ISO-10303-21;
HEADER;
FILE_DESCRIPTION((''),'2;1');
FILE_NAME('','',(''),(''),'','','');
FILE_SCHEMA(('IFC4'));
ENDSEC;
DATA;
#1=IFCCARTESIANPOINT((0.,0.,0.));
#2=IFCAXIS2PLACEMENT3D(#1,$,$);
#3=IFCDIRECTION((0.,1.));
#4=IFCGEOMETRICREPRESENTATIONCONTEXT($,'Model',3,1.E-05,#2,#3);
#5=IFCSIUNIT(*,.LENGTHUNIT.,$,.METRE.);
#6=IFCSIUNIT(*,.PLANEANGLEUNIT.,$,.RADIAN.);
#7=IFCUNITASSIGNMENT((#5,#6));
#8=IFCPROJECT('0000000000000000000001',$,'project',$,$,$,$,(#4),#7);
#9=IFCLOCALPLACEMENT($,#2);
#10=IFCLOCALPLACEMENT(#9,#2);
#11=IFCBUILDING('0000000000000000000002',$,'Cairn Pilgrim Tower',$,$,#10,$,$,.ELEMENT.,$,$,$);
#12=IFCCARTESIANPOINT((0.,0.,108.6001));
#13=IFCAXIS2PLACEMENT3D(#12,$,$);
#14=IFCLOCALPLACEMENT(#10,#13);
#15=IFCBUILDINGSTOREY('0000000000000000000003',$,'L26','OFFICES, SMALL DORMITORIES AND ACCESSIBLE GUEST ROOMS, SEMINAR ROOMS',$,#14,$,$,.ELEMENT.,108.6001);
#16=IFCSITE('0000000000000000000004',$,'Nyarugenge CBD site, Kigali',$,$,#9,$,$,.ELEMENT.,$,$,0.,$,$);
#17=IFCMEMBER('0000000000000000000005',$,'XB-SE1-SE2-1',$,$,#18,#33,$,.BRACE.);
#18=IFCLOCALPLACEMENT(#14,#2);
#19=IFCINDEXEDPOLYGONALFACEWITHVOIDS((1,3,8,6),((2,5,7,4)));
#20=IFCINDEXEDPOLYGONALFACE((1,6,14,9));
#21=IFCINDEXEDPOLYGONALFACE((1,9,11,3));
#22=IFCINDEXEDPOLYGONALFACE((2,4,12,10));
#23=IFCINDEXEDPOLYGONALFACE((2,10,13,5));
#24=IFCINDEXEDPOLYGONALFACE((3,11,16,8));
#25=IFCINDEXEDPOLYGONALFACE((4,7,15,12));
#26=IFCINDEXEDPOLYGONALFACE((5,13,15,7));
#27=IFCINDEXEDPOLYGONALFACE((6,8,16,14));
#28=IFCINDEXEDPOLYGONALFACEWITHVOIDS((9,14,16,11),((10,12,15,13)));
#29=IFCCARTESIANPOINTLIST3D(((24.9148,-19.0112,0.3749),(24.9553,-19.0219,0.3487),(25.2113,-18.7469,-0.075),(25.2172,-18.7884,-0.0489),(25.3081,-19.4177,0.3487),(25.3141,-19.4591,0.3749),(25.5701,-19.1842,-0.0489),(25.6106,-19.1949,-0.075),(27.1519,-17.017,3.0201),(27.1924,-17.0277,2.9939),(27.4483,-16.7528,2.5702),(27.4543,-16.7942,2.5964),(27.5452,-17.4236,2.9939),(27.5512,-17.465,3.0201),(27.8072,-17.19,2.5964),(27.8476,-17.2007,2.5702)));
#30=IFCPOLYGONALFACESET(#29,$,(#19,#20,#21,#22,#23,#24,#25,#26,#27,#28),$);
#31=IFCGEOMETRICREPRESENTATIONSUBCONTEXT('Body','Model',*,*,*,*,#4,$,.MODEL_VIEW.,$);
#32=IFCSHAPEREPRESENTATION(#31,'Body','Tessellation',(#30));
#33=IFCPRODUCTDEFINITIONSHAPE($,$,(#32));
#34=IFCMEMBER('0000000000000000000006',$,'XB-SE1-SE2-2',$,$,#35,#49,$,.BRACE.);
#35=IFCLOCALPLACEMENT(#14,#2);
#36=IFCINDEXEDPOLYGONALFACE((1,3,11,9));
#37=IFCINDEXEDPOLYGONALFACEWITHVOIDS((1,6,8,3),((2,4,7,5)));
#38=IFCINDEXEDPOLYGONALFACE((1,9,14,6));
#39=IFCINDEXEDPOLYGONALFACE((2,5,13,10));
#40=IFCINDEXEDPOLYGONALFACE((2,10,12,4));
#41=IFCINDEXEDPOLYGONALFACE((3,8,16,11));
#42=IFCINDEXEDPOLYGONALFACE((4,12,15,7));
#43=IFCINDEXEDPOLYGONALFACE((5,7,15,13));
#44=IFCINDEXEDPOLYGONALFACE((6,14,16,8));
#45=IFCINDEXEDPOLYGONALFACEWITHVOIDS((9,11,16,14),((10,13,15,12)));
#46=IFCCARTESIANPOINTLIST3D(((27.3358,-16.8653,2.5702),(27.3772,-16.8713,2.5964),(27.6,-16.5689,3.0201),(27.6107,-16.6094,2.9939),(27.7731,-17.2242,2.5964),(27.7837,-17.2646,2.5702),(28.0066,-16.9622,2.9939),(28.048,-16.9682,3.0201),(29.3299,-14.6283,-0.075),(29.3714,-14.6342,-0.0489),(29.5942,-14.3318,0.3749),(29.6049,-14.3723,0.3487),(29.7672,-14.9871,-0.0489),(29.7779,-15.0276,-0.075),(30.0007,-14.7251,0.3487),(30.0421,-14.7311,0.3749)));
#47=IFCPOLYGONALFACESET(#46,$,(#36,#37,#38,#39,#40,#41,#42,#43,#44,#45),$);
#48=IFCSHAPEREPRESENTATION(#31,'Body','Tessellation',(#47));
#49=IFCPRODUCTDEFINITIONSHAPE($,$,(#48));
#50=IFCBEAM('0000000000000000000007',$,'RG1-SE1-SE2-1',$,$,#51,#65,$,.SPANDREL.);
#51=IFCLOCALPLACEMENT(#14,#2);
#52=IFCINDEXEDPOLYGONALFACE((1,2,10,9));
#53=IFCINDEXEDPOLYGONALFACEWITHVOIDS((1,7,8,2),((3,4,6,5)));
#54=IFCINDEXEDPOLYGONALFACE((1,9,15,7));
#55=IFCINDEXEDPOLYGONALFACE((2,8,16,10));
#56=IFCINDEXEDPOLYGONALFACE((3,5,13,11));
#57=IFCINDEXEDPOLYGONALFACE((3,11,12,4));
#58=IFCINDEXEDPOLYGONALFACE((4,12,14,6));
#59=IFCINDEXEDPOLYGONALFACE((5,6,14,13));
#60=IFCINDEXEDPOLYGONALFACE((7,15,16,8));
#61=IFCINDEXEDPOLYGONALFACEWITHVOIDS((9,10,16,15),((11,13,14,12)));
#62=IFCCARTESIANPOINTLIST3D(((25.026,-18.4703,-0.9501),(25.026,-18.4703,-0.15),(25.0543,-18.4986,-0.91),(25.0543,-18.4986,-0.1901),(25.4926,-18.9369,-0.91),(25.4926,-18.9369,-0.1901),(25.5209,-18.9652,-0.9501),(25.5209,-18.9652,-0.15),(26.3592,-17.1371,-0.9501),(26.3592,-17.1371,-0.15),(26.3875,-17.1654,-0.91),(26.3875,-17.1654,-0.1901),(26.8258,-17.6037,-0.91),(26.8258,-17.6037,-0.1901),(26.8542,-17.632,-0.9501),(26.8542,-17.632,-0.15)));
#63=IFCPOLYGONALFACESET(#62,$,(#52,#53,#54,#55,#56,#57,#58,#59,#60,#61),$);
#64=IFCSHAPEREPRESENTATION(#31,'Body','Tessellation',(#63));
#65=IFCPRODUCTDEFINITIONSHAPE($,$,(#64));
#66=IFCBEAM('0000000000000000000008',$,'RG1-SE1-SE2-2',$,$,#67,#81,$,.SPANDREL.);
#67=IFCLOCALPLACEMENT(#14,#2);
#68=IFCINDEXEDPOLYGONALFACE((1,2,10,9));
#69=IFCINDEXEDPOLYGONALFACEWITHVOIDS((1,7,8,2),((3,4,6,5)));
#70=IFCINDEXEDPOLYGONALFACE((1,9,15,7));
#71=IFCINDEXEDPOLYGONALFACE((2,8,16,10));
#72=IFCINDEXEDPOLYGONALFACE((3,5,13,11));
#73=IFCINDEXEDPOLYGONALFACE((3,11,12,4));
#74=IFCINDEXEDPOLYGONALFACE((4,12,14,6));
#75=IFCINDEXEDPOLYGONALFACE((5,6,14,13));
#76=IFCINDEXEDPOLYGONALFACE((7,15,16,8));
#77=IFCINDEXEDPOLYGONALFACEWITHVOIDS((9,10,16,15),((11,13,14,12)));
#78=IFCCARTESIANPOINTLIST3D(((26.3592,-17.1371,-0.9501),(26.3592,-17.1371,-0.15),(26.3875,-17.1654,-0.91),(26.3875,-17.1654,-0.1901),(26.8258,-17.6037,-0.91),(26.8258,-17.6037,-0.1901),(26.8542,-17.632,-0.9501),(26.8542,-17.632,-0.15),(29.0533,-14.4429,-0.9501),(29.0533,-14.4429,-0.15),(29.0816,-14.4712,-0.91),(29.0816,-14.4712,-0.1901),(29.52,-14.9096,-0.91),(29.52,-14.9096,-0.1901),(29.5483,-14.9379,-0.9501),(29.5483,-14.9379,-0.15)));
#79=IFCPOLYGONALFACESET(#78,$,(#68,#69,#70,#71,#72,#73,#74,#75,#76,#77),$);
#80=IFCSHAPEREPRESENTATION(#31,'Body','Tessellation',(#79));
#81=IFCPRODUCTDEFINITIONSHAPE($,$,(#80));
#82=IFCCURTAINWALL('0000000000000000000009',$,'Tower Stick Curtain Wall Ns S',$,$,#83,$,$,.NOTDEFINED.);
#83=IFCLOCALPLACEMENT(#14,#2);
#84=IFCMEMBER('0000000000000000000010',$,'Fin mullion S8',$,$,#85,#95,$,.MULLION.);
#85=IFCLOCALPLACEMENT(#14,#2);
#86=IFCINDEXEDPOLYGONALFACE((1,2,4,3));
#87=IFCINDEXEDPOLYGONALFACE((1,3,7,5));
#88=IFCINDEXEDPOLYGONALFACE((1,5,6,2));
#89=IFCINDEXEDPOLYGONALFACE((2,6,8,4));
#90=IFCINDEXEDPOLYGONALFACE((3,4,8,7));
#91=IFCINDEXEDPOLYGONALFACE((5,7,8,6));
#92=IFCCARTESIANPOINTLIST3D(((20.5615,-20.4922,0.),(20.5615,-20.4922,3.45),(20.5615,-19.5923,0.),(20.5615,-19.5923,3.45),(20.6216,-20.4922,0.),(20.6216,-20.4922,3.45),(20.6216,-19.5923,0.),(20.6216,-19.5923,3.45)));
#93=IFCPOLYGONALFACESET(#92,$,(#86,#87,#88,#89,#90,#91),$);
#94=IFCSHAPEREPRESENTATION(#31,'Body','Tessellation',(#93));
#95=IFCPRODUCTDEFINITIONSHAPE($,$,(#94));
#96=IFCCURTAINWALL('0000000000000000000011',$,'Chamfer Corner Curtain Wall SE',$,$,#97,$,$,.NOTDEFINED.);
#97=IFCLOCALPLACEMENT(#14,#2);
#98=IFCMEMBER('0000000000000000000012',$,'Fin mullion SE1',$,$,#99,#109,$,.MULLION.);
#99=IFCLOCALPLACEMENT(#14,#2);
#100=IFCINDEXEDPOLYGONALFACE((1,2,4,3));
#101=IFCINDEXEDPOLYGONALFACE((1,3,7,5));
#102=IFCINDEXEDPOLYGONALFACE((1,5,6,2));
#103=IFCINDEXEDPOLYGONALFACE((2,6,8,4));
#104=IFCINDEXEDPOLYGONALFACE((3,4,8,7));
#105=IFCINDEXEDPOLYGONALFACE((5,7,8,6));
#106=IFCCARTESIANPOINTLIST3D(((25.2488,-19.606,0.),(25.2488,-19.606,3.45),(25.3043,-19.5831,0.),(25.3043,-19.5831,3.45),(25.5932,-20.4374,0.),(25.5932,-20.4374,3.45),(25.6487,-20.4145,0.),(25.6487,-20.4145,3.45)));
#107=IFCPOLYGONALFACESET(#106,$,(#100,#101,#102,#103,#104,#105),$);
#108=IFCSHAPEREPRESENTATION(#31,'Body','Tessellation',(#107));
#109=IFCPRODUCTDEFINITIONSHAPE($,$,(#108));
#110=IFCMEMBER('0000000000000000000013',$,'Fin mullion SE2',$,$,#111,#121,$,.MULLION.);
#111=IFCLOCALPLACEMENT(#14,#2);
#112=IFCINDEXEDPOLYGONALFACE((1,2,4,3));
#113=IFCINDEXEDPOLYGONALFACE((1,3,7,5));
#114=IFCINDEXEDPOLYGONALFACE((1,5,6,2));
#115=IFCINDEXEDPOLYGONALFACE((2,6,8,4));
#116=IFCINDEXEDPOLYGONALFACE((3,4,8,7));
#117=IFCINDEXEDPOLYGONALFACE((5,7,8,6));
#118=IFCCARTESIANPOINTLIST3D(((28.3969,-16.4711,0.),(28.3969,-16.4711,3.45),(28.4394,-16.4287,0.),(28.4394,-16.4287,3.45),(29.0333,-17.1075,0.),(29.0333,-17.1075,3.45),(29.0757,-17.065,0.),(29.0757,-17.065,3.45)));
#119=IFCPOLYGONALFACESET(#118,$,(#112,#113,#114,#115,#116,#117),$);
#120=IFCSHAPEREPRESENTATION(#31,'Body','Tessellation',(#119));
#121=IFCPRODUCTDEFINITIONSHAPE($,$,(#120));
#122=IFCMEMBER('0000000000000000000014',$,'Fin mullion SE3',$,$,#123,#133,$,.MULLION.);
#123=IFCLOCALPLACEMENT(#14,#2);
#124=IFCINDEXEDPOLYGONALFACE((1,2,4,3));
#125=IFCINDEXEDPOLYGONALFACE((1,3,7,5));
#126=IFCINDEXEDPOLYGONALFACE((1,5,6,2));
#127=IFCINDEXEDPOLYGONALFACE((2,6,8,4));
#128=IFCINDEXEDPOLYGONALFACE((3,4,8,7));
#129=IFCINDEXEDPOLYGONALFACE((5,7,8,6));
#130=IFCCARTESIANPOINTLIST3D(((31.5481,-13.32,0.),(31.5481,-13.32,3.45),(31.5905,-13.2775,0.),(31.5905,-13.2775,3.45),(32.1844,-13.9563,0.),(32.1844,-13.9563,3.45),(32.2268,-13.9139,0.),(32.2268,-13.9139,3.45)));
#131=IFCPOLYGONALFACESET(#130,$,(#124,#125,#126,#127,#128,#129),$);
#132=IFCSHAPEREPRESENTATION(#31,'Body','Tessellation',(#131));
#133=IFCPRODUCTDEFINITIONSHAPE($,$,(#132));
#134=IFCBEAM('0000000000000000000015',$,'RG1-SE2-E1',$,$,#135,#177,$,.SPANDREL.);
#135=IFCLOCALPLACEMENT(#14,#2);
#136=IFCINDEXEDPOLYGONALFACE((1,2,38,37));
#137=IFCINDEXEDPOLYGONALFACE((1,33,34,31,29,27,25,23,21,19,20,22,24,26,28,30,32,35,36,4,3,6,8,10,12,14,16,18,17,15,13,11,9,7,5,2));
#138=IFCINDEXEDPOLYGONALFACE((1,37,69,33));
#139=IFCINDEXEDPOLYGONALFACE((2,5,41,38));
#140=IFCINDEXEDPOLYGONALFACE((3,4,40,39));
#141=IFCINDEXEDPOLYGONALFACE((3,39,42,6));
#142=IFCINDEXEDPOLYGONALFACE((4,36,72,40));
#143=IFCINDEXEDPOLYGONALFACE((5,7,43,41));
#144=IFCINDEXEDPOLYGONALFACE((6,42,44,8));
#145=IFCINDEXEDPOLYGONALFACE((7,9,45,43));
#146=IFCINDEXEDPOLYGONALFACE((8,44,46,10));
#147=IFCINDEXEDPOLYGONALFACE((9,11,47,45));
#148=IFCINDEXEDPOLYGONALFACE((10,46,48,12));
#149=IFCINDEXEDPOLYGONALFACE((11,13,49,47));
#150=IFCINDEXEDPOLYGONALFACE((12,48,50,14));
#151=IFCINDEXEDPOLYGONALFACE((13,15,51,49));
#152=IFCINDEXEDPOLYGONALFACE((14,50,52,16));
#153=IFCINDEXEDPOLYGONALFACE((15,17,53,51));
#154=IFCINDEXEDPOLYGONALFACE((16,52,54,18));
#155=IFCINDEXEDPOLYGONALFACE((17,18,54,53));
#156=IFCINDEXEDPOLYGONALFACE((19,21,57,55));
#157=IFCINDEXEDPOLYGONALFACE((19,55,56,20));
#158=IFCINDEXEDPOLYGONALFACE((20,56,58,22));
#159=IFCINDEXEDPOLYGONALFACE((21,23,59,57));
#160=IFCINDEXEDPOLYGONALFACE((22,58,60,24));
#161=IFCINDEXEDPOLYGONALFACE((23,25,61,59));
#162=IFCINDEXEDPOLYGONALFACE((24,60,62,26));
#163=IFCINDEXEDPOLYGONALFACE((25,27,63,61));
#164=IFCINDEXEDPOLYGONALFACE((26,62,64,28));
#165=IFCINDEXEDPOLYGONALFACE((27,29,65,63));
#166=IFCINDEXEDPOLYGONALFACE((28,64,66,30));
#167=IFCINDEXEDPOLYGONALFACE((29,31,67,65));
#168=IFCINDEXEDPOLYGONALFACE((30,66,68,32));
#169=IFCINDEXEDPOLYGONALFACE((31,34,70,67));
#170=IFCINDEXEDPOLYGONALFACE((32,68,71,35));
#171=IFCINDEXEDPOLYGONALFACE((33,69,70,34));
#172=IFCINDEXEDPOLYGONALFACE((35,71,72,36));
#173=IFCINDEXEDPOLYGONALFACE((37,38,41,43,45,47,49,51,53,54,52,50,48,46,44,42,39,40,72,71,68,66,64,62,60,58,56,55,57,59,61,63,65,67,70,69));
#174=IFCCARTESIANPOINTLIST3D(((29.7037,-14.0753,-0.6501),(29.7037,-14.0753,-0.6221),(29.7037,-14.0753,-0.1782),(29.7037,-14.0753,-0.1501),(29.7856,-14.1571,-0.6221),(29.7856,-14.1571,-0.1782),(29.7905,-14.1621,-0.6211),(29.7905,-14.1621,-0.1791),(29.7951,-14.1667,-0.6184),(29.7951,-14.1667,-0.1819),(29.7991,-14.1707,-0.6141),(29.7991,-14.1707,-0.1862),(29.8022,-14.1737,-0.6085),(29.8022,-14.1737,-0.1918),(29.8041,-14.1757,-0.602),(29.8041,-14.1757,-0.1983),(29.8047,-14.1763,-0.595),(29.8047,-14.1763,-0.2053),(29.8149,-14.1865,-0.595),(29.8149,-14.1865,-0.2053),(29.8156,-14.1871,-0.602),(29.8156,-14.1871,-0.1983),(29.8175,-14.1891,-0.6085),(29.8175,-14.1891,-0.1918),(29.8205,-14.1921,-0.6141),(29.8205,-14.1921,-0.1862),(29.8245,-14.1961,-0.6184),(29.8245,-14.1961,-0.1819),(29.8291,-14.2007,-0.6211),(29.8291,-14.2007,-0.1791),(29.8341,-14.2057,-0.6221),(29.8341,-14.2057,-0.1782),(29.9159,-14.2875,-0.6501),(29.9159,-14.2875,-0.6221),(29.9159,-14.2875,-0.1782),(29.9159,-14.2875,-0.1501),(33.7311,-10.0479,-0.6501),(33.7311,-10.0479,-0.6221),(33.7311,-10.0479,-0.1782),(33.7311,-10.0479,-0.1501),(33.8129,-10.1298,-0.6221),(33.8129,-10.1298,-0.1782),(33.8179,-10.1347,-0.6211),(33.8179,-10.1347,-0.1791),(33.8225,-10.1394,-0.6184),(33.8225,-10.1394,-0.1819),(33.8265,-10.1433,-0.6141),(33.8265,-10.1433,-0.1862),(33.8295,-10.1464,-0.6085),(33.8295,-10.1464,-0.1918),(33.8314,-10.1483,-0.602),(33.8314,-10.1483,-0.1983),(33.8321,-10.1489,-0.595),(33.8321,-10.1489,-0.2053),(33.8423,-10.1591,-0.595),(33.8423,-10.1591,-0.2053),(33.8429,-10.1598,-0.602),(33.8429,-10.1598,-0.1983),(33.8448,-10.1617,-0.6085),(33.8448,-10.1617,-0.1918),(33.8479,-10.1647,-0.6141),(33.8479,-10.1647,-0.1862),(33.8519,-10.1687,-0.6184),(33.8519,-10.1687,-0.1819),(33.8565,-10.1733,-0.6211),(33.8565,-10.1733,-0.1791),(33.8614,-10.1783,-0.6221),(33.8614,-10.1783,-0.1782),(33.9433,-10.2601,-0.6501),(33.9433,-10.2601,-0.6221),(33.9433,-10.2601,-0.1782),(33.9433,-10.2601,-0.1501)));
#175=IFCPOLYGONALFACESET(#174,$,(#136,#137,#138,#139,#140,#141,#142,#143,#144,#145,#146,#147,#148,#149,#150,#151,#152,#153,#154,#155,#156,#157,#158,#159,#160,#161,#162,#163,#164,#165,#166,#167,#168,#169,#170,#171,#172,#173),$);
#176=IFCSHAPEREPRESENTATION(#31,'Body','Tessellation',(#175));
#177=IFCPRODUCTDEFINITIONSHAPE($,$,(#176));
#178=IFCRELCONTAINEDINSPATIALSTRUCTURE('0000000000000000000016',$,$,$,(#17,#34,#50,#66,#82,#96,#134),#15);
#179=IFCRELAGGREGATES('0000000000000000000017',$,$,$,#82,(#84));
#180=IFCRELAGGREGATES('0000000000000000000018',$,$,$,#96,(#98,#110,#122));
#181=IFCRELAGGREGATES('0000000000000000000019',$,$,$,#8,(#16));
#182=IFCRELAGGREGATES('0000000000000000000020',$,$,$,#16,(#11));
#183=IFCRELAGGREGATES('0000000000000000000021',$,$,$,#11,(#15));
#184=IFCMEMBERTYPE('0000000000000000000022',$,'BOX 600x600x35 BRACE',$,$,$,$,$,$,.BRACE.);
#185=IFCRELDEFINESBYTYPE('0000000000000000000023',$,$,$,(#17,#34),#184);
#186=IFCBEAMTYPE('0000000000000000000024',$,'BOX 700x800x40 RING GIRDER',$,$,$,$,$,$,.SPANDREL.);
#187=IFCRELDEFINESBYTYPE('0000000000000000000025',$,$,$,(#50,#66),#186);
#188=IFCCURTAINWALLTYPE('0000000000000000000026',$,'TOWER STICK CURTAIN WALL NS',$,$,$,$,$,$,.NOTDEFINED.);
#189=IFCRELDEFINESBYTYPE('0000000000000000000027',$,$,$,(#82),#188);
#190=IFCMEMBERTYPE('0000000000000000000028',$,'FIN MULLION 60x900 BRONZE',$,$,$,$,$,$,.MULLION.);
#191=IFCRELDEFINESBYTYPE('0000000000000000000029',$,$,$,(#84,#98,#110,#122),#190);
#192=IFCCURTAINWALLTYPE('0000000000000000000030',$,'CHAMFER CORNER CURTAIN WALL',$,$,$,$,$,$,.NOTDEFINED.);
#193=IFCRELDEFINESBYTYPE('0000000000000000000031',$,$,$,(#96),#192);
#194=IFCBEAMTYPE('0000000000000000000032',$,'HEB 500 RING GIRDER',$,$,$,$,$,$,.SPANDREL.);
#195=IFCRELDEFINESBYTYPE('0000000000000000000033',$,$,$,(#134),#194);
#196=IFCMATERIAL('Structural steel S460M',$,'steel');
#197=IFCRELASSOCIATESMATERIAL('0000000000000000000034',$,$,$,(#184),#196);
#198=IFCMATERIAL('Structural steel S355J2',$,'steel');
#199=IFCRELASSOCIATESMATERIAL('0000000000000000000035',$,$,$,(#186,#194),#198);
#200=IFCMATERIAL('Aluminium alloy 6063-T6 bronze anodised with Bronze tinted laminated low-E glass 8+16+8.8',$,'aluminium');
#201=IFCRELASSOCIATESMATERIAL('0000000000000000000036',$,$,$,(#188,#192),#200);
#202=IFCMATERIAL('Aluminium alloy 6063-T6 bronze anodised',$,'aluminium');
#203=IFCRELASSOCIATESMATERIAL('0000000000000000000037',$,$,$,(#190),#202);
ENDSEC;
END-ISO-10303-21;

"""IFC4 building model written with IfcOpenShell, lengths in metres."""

from ifc_helpers import new_model, si_unit, direction, frame, origin, origin_2d, place, context, subcontext, project, spatial, rectangle, hollow_rectangle, i_section, extrude, material, material_profile, profile_set, type_object, element, aggregate, save


model = new_model("IFC4")

# Units and contexts
model_context = context("Model", 3, precision=1e-05, world=origin(), true_north=direction((0.0, 1.0)))
body_context = subcontext(model_context, "Body", "Model", "MODEL_VIEW")
ifc_project = project(units=[si_unit("LENGTHUNIT", "METRE"), si_unit("PLANEANGLEUNIT", "RADIAN")], contexts=[model_context])

# Site, building, storey
site_placement = place(None, origin())
site = spatial("IfcSite", under=ifc_project, at=site_placement, Name="Nyarugenge CBD site, Kigali", CompositionType="ELEMENT", RefElevation=0.0)
building_placement = place(site_placement, origin())
building = spatial("IfcBuilding", under=site, at=building_placement, Name="Cairn Pilgrim Tower", CompositionType="ELEMENT")
storey_placement = place(building_placement, frame((0.0, 0.0, 108.6001)))
storey = spatial("IfcBuildingStorey", under=building, at=storey_placement, Name="L26", Description="OFFICES, SMALL DORMITORIES AND ACCESSIBLE GUEST ROOMS, SEMINAR ROOMS", CompositionType="ELEMENT", Elevation=108.6001)

# Shared definitions
ifc_material_1 = material(Name="Structural steel S460M", Category="steel")

# Members
ifc_material_profile_1 = material_profile(ifc_material_1, hollow_rectangle(XDim=0.6001, YDim=0.6001, WallThickness=0.0349, at=origin_2d()), Name="BOX 600x600x35")
ifc_profile_set_1 = profile_set([ifc_material_profile_1], Name="Structural steel S460M")
member_type_1 = type_object("IfcMemberType", Name="BOX 600x600x35 BRACE", PredefinedType="BRACE", material=ifc_profile_set_1)
for number, where, z_axis, x_axis, name in (
    (1, (25.2627, -19.103, 0.1499), (0.559642, 0.498871, 0.661762), (-0.665415, 0.746474, 0.0), "XB-SE1-SE2-1"),
    (2, (29.686, -14.6797, 0.1499), (-0.498871, -0.559642, 0.661762), (0.746474, -0.665415, 0.0), "XB-SE1-SE2-2"),
):
    element("IfcMember", number, at=place(storey_placement, frame(where, z_axis=z_axis, x_axis=x_axis)), inside=storey, type_object=member_type_1, Name=name, PredefinedType="BRACE", context=body_context, shape_type="SweptSolid", body=[
        extrude(hollow_rectangle(XDim=0.6001, YDim=0.6001, WallThickness=0.0349, at=origin_2d()), origin(), (0.0, 0.0, 1.0), 3.9973),
    ])

# Beams
ifc_material_2 = material(Name="Structural steel S355J2", Category="steel")
ifc_material_profile_2 = material_profile(ifc_material_2, hollow_rectangle(XDim=0.7, YDim=0.8, WallThickness=0.04, at=origin_2d()), Name="BOX 700x800x40")
ifc_profile_set_2 = profile_set([ifc_material_profile_2], Name="Structural steel S355J2")
beam_type_1 = type_object("IfcBeamType", Name="BOX 700x800x40 RING GIRDER", PredefinedType="SPANDREL", material=ifc_profile_set_2)
beam_1_placement = place(storey_placement, frame((25.2734, -18.7178, -0.55), z_axis=(0.707107, 0.707107, 0.0), x_axis=(-0.707107, 0.707107, 0.0)))
element("IfcBeam", 3, at=beam_1_placement, inside=storey, type_object=beam_type_1, Name="RG1-SE1-SE2-1", PredefinedType="SPANDREL", context=body_context, shape_type="SweptSolid", body=[
    extrude(hollow_rectangle(XDim=0.7, YDim=0.8, WallThickness=0.04, at=origin_2d()), origin(), (0.0, 0.0, 1.0), 1.8855),
])
beam_2_placement = place(storey_placement, frame((26.6067, -17.3845, -0.55), z_axis=(0.707107, 0.707107, 0.0), x_axis=(-0.707107, 0.707107, 0.0)))
element("IfcBeam", 4, at=beam_2_placement, inside=storey, type_object=beam_type_1, Name="RG1-SE1-SE2-2", PredefinedType="SPANDREL", context=body_context, shape_type="SweptSolid", body=[
    extrude(hollow_rectangle(XDim=0.7, YDim=0.8, WallThickness=0.04, at=origin_2d()), origin(), (0.0, 0.0, 1.0), 3.8101),
])

# Curtain wall, member
ifc_material_3 = material(Name="Aluminium alloy 6063-T6 bronze anodised with Bronze tinted laminated low-E glass 8+16+8.8", Category="aluminium")
curtain_wall_type_1 = type_object("IfcCurtainWallType", Name="TOWER STICK CURTAIN WALL NS", PredefinedType="NOTDEFINED", material=ifc_material_3)
curtain_wall_1_placement = place(storey_placement, origin())
curtain_wall_1 = element("IfcCurtainWall", 5, at=curtain_wall_1_placement, inside=storey, type_object=curtain_wall_type_1, Name="Tower Stick Curtain Wall Ns S", PredefinedType="NOTDEFINED")
ifc_material_4 = material(Name="Aluminium alloy 6063-T6 bronze anodised", Category="aluminium")
ifc_material_profile_3 = material_profile(ifc_material_4, rectangle(XDim=0.8999, YDim=0.0601, at=origin_2d()), Name="FIN MULLION 60x900 BRONZE")
ifc_profile_set_3 = profile_set([ifc_material_profile_3], Name="Aluminium alloy 6063-T6 bronze anodised")
member_type_2 = type_object("IfcMemberType", Name="FIN MULLION 60x900 BRONZE", PredefinedType="MULLION", material=ifc_profile_set_3)
member_1_placement = place(storey_placement, frame((20.5916, -20.0422, 0.0), z_axis=(0.0, 0.0, 1.0), x_axis=(0.0, -1.0, 0.0)))
member_1 = element("IfcMember", 6, at=member_1_placement, type_object=member_type_2, Name="Fin mullion S8", PredefinedType="MULLION", context=body_context, shape_type="SweptSolid", body=[
    extrude(rectangle(XDim=0.8999, YDim=0.0601, at=origin_2d()), origin(), (0.0, 0.0, 1.0), 3.45),
])

# Curtain wall, members
curtain_wall_type_2 = type_object("IfcCurtainWallType", Name="CHAMFER CORNER CURTAIN WALL", PredefinedType="NOTDEFINED", material=ifc_material_3)
curtain_wall_2_placement = place(storey_placement, origin())
curtain_wall_2 = element("IfcCurtainWall", 7, at=curtain_wall_2_placement, inside=storey, type_object=curtain_wall_type_2, Name="Chamfer Corner Curtain Wall SE", PredefinedType="NOTDEFINED")
member_2_placement = place(storey_placement, frame((25.4487, -20.0103, 0.0), z_axis=(0.0, 0.0, 1.0), x_axis=(0.382683, -0.92388, 0.0)))
member_2 = element("IfcMember", 8, at=member_2_placement, type_object=member_type_2, Name="Fin mullion SE1", PredefinedType="MULLION", context=body_context, shape_type="SweptSolid", body=[
    extrude(rectangle(XDim=0.8999, YDim=0.0601, at=origin_2d()), origin(), (0.0, 0.0, 1.0), 3.45),
])
member_3_placement = place(storey_placement, frame((28.7363, -16.7681, 0.0), z_axis=(0.0, 0.0, 1.0), x_axis=(0.707107, -0.707107, 0.0)))
member_3 = element("IfcMember", 9, at=member_3_placement, type_object=member_type_2, Name="Fin mullion SE2", PredefinedType="MULLION", context=body_context, shape_type="SweptSolid", body=[
    extrude(rectangle(XDim=0.8999, YDim=0.0601, at=origin_2d()), origin(), (0.0, 0.0, 1.0), 3.45),
])
member_4_placement = place(storey_placement, frame((31.8875, -13.6169, 0.0), z_axis=(0.0, 0.0, 1.0), x_axis=(0.707107, -0.707107, 0.0)))
member_4 = element("IfcMember", 10, at=member_4_placement, type_object=member_type_2, Name="Fin mullion SE3", PredefinedType="MULLION", context=body_context, shape_type="SweptSolid", body=[
    extrude(rectangle(XDim=0.8999, YDim=0.0601, at=origin_2d()), origin(), (0.0, 0.0, 1.0), 3.45),
])

# Beam
ifc_material_profile_4 = material_profile(ifc_material_2, i_section(OverallWidth=0.3, OverallDepth=0.5, WebThickness=0.0144, FlangeThickness=0.0281, FilletRadius=0.0271, at=origin_2d()), Name="HEB 500")
ifc_profile_set_4 = profile_set([ifc_material_profile_4], Name="Structural steel S355J2")
beam_type_2 = type_object("IfcBeamType", Name="HEB 500 RING GIRDER", PredefinedType="SPANDREL", material=ifc_profile_set_4)
beam_3_placement = place(storey_placement, frame((29.8098, -14.1814, -0.4001), z_axis=(0.707107, 0.707107, 0.0), x_axis=(-0.707107, 0.707107, 0.0)))
element("IfcBeam", 11, at=beam_3_placement, inside=storey, type_object=beam_type_2, Name="RG1-SE2-E1", PredefinedType="SPANDREL", context=body_context, shape_type="SweptSolid", body=[
    extrude(i_section(OverallWidth=0.3, OverallDepth=0.5, WebThickness=0.0144, FlangeThickness=0.0281, FilletRadius=0.0271, at=origin_2d()), origin(), (0.0, 0.0, 1.0), 5.6956),
])

aggregate(curtain_wall_1, [member_1])
aggregate(curtain_wall_2, [member_2, member_3, member_4])

save(model, "model.ifc")
